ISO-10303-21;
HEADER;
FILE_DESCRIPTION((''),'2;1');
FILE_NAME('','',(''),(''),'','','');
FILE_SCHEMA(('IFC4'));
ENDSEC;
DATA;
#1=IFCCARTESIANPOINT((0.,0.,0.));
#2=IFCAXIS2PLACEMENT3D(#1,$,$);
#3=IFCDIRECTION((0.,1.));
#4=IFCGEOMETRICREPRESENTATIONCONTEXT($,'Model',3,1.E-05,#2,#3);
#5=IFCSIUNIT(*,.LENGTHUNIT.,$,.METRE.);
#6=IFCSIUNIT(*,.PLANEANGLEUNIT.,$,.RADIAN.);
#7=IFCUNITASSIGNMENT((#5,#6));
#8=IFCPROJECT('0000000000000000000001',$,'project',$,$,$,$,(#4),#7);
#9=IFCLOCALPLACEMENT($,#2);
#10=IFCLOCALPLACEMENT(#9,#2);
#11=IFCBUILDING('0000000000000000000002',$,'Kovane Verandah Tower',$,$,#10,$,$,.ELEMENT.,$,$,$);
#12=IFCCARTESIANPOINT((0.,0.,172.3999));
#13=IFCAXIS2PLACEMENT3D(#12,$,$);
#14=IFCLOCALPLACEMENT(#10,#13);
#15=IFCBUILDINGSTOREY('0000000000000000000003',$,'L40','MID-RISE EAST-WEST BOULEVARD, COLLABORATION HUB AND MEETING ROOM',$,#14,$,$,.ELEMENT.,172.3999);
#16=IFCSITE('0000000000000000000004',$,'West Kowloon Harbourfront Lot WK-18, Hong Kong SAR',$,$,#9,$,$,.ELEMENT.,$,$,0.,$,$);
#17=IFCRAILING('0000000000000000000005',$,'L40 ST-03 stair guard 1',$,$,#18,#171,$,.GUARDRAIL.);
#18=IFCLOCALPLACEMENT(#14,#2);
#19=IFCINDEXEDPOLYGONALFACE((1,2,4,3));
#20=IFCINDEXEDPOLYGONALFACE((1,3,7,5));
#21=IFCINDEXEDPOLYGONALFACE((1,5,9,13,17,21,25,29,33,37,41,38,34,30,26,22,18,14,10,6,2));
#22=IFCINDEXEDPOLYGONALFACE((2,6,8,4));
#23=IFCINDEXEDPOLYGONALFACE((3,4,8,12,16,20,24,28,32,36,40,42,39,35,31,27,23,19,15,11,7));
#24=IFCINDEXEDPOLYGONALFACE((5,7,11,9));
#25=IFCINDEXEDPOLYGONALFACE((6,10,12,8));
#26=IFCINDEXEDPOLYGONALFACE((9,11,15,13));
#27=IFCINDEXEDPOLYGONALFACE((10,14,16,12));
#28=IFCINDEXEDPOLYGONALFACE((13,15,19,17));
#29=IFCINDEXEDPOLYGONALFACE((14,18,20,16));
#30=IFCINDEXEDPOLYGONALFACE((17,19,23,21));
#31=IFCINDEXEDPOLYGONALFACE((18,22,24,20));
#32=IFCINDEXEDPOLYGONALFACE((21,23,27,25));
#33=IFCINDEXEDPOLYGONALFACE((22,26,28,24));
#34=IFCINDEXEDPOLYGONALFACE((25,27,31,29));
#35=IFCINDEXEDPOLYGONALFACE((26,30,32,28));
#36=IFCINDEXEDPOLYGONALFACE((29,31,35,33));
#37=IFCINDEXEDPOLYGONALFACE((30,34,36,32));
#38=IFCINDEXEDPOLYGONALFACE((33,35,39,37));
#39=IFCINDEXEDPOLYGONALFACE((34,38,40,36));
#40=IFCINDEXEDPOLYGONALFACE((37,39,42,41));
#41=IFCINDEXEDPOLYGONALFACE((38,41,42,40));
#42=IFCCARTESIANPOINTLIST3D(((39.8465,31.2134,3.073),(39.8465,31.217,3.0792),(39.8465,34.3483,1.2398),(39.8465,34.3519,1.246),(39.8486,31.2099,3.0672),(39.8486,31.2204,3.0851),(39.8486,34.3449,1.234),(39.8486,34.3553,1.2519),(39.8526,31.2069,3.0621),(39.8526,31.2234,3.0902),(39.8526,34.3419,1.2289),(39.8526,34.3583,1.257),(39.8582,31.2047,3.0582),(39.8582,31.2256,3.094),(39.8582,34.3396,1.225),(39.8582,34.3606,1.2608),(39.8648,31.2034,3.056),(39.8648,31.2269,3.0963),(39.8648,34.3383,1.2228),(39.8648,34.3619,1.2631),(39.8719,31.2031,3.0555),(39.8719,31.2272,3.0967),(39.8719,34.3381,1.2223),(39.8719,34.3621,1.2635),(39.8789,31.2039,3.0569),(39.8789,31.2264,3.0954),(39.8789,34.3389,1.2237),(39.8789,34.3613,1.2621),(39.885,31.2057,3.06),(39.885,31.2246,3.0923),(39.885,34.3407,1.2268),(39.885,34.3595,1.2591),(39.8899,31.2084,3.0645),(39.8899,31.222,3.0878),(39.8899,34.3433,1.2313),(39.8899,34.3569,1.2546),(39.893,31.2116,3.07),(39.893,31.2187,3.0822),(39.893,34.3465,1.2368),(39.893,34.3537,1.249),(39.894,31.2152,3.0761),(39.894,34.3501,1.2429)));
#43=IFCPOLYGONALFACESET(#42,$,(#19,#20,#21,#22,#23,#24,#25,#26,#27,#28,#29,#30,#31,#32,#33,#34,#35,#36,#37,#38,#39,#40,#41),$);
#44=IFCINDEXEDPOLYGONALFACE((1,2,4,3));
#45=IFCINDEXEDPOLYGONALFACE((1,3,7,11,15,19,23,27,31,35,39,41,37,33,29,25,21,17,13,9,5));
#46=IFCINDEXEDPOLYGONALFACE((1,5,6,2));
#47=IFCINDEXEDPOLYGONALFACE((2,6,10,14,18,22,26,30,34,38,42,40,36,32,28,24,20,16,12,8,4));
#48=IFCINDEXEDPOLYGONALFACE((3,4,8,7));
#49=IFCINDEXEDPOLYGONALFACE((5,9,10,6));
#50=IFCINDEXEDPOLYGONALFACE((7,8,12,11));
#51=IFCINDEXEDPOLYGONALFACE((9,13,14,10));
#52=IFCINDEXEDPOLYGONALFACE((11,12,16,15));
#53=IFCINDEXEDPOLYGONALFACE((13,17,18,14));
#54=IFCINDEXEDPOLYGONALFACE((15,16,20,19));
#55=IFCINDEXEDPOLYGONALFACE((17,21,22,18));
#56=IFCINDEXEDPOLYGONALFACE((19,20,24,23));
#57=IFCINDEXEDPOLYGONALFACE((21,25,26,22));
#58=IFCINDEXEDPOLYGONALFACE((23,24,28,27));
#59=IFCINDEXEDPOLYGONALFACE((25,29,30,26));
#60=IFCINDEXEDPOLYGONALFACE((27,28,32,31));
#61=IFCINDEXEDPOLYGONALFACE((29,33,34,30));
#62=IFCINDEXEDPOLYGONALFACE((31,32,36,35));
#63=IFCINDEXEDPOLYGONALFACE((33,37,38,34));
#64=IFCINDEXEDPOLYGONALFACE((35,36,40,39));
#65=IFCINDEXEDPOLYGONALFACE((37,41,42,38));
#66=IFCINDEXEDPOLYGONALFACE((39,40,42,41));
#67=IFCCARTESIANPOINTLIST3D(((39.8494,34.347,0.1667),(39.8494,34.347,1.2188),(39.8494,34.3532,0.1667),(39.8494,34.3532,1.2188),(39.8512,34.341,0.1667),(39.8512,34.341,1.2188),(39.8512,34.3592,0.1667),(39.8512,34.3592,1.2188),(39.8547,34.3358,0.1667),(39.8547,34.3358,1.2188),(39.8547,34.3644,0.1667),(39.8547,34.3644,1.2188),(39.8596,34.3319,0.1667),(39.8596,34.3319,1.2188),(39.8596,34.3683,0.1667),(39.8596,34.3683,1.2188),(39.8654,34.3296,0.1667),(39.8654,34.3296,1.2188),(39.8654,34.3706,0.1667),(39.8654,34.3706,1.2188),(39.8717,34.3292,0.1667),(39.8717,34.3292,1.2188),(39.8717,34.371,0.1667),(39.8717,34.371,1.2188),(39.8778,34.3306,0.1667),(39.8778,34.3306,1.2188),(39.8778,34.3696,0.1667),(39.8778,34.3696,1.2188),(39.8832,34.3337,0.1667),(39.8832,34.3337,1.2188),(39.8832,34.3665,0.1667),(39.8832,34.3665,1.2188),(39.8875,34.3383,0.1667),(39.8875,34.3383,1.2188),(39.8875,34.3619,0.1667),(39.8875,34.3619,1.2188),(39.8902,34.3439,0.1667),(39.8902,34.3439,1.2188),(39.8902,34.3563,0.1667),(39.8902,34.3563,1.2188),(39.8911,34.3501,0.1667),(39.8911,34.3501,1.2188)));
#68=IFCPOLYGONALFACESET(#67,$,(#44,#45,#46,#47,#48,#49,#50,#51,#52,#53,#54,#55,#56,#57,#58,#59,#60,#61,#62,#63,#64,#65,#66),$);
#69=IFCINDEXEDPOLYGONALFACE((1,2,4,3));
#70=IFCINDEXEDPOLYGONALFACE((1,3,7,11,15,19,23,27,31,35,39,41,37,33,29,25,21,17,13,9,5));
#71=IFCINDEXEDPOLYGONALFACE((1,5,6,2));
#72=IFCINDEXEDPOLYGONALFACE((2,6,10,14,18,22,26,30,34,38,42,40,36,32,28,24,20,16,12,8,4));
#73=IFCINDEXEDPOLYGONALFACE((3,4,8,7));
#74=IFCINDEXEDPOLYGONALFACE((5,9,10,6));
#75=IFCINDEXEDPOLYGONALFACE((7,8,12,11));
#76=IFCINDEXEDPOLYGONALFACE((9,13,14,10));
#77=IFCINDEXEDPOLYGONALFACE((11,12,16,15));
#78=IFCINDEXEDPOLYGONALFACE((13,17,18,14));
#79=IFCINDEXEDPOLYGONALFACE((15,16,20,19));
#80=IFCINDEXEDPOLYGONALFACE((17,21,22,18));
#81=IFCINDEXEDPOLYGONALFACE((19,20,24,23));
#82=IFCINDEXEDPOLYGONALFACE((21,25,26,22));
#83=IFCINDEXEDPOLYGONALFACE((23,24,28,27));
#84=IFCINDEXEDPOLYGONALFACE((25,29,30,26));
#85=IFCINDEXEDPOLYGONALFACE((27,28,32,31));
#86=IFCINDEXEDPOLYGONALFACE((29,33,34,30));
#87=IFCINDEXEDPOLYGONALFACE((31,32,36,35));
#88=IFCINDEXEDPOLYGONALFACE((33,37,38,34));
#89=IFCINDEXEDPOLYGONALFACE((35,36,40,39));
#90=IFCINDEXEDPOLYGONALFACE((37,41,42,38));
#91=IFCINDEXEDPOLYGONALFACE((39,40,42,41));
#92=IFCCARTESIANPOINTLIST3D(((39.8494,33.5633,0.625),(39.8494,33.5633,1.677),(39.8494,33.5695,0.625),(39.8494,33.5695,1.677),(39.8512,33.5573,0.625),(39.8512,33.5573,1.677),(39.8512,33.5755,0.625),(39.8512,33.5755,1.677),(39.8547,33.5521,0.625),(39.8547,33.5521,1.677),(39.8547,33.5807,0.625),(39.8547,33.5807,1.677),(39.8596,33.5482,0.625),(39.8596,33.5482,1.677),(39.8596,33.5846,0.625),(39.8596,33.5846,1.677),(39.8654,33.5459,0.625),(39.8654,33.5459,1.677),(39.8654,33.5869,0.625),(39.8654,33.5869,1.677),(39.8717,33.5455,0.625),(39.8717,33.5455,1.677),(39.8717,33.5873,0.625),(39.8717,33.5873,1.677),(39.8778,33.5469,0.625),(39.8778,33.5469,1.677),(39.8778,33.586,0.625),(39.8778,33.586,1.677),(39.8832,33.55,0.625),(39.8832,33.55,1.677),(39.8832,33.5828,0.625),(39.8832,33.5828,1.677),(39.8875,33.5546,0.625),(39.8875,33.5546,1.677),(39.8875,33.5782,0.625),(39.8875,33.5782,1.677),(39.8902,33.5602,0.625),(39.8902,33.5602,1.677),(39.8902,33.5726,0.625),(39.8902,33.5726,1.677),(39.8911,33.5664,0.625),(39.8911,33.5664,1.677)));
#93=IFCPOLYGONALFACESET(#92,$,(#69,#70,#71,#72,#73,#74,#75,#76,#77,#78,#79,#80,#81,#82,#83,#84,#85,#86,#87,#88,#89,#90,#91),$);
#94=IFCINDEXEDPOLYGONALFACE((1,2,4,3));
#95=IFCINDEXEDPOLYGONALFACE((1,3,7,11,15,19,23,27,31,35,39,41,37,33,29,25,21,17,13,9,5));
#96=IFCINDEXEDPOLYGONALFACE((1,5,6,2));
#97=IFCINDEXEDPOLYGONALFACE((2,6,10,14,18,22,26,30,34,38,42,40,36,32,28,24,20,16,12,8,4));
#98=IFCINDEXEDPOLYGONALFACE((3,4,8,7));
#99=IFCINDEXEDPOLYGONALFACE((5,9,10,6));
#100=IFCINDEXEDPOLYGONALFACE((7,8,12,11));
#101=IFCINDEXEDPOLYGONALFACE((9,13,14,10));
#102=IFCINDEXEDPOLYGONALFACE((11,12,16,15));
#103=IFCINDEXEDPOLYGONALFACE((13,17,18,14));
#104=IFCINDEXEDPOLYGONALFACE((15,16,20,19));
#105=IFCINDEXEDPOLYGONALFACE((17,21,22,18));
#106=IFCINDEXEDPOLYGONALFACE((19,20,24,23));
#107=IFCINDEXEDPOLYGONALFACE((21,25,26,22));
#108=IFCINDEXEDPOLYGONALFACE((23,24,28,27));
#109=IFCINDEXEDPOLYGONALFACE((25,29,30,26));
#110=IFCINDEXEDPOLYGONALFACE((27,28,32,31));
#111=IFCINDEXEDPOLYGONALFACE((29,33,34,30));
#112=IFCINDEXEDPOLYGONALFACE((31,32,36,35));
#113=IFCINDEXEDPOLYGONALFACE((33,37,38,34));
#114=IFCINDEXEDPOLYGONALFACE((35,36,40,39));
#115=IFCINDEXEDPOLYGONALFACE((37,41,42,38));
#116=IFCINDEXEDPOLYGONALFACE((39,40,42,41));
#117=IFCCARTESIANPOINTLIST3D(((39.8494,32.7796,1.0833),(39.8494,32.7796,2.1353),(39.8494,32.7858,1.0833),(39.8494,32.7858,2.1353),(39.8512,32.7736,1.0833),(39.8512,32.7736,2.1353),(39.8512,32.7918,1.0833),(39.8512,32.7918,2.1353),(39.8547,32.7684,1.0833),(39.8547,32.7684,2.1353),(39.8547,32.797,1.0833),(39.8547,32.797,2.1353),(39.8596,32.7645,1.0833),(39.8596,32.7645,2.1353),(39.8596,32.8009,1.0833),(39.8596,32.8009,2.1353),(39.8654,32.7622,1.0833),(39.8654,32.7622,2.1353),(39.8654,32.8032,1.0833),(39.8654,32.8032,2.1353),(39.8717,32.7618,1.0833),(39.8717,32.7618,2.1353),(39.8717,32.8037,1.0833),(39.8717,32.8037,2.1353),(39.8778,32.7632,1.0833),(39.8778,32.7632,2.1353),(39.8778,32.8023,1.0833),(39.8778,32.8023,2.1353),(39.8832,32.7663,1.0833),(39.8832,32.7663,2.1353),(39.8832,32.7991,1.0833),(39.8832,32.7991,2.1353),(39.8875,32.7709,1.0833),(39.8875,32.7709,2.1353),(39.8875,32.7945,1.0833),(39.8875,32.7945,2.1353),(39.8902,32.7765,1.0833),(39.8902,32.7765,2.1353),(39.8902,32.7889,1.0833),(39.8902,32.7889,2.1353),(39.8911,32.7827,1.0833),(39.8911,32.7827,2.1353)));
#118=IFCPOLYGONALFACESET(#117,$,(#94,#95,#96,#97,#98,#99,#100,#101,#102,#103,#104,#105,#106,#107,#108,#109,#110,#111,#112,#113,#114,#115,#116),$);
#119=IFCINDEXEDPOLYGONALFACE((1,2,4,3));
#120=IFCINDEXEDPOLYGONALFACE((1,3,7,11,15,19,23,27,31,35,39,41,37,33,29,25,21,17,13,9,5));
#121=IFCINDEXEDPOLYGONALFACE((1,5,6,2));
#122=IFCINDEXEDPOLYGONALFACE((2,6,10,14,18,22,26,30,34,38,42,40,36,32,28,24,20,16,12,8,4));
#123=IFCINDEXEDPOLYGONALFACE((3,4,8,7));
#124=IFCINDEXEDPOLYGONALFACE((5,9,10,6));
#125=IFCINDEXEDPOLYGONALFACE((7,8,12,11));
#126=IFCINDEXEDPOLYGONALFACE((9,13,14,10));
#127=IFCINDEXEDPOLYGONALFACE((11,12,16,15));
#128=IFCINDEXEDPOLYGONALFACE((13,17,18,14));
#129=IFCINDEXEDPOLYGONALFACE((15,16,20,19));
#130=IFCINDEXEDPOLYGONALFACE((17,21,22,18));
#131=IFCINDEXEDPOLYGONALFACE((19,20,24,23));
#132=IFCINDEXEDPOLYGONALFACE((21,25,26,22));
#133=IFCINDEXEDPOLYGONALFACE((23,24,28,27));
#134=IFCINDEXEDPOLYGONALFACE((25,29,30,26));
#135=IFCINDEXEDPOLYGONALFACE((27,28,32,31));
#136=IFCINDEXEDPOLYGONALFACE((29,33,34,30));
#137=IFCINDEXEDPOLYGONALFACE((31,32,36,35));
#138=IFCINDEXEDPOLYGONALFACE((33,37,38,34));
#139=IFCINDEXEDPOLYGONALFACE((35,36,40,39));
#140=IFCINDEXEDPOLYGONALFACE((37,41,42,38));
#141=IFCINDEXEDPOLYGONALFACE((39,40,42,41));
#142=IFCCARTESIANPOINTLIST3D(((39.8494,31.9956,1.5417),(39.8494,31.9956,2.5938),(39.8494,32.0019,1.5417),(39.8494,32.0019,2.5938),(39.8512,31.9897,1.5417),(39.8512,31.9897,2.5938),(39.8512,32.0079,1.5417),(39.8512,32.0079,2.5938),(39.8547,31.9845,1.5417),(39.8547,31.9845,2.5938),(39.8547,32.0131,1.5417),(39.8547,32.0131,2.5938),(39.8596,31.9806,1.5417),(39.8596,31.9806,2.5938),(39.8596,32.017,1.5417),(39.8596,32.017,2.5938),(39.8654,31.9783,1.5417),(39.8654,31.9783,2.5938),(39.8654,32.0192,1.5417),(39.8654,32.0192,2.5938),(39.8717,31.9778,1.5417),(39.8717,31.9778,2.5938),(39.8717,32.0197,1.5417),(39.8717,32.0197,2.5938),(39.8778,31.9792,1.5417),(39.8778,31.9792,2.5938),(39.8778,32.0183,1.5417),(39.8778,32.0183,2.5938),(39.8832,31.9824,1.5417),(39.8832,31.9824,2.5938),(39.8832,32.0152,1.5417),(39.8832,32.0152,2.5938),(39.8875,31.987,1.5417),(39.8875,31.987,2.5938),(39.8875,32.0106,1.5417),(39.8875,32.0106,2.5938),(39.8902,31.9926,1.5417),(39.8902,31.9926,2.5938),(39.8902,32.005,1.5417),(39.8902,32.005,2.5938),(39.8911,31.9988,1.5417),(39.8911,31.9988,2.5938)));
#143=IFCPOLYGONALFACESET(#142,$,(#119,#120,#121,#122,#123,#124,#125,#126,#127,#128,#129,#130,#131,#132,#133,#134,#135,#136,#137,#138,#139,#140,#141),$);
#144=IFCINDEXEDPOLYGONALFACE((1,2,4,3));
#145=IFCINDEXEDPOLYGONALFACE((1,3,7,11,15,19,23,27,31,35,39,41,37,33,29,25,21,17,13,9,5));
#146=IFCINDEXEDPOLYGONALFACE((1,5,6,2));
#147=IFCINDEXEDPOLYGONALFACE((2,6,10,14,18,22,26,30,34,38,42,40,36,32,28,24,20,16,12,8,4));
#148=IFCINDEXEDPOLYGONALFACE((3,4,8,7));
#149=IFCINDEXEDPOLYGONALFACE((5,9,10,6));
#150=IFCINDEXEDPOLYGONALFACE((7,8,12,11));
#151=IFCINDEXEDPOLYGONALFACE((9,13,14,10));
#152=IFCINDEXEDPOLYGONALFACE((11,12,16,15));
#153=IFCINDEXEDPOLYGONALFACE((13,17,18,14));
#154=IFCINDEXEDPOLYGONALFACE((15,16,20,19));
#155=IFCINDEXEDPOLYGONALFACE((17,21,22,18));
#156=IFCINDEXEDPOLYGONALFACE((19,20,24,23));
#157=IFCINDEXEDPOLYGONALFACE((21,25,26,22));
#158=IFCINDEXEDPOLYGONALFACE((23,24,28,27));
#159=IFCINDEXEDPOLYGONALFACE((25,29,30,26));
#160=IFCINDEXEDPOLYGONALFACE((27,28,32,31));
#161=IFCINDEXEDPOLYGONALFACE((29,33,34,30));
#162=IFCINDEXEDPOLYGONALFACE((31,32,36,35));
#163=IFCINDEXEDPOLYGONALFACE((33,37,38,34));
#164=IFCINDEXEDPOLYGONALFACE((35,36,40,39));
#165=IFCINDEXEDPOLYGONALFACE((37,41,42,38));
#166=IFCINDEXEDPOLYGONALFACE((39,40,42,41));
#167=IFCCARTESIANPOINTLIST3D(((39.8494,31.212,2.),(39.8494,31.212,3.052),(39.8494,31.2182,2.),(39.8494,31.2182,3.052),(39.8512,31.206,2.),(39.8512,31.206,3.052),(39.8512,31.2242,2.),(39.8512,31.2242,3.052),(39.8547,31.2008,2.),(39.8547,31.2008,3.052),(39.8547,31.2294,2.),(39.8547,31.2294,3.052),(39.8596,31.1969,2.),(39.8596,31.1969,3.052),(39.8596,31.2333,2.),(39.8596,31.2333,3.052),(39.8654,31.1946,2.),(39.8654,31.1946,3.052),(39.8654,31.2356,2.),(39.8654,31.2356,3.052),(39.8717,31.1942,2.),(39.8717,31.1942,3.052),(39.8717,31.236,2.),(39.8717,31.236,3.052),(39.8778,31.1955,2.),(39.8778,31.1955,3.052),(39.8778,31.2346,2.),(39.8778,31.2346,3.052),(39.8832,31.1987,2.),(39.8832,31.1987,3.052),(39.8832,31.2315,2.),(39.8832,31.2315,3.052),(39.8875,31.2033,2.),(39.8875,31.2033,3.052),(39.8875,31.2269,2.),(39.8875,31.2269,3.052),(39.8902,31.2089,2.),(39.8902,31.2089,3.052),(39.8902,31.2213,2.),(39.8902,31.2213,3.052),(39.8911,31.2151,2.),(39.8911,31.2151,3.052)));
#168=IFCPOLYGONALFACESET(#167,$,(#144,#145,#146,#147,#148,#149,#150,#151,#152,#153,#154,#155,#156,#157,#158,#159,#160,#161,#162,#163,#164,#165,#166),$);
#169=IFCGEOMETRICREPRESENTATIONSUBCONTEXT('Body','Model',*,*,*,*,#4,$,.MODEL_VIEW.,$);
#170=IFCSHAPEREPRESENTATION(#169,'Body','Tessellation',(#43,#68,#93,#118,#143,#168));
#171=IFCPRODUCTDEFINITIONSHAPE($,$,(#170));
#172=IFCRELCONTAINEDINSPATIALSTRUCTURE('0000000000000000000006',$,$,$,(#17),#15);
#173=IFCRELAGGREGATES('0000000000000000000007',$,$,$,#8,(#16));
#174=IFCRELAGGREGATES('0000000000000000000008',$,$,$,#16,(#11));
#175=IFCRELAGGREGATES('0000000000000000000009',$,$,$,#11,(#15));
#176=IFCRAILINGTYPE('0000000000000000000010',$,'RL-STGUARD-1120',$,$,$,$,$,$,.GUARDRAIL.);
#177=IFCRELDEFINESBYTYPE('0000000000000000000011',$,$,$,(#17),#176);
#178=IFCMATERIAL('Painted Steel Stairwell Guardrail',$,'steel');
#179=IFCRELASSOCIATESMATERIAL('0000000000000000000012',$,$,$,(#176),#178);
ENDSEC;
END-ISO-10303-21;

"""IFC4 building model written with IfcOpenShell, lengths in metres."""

from ifc_helpers import new_model, si_unit, direction, frame, origin, origin_2d, place, context, subcontext, project, spatial, circle, extrude, material, type_object, element, save


model = new_model("IFC4")

# Units and contexts
model_context = context("Model", 3, precision=1e-05, world=origin(), true_north=direction((0.0, 1.0)))
body_context = subcontext(model_context, "Body", "Model", "MODEL_VIEW")
ifc_project = project(units=[si_unit("LENGTHUNIT", "METRE"), si_unit("PLANEANGLEUNIT", "RADIAN")], contexts=[model_context])

# Site, building, storey
site_placement = place(None, origin())
site = spatial("IfcSite", under=ifc_project, at=site_placement, Name="West Kowloon Harbourfront Lot WK-18, Hong Kong SAR", CompositionType="ELEMENT", RefElevation=0.0)
building_placement = place(site_placement, origin())
building = spatial("IfcBuilding", under=site, at=building_placement, Name="Kovane Verandah Tower", CompositionType="ELEMENT")
storey_placement = place(building_placement, frame((0.0, 0.0, 172.3999)))
storey = spatial("IfcBuildingStorey", under=building, at=storey_placement, Name="L40", Description="MID-RISE EAST-WEST BOULEVARD, COLLABORATION HUB AND MEETING ROOM", CompositionType="ELEMENT", Elevation=172.3999)

# Railing
ifc_material_1 = material(Name="Painted Steel Stairwell Guardrail", Category="steel")
railing_type_1 = type_object("IfcRailingType", Name="RL-STGUARD-1120", PredefinedType="GUARDRAIL", material=ifc_material_1)
railing_1_placement = place(storey_placement, frame((39.8701, 34.3501, 0.1667)))
element("IfcRailing", 1, at=railing_1_placement, inside=storey, type_object=railing_type_1, Name="L40 ST-03 stair guard 1", PredefinedType="GUARDRAIL", context=body_context, shape_type="SweptSolid", body=[
    extrude(circle(Radius=0.0239, at=origin_2d()), frame((0.0, 0.0, 1.0762), z_axis=(0.0, -0.86324, 0.504794), x_axis=(1.0, 0.0, 0.0)), (0.0, 0.0, 1.0), 3.6316),
    extrude(circle(Radius=0.021, at=origin_2d()), origin(), (0.0, 0.0, 1.0), 1.052),
    extrude(circle(Radius=0.021, at=origin_2d()), frame((0.0, -0.7837, 0.4583)), (0.0, 0.0, 1.0), 1.052),
    extrude(circle(Radius=0.021, at=origin_2d()), frame((0.0, -1.5674, 0.9165)), (0.0, 0.0, 1.0), 1.052),
    extrude(circle(Radius=0.021, at=origin_2d()), frame((0.0, -2.3513, 1.375)), (0.0, 0.0, 1.0), 1.052),
    extrude(circle(Radius=0.021, at=origin_2d()), frame((0.0, -3.135, 1.8333)), (0.0, 0.0, 1.0), 1.052),
])

save(model, "model.ifc")
